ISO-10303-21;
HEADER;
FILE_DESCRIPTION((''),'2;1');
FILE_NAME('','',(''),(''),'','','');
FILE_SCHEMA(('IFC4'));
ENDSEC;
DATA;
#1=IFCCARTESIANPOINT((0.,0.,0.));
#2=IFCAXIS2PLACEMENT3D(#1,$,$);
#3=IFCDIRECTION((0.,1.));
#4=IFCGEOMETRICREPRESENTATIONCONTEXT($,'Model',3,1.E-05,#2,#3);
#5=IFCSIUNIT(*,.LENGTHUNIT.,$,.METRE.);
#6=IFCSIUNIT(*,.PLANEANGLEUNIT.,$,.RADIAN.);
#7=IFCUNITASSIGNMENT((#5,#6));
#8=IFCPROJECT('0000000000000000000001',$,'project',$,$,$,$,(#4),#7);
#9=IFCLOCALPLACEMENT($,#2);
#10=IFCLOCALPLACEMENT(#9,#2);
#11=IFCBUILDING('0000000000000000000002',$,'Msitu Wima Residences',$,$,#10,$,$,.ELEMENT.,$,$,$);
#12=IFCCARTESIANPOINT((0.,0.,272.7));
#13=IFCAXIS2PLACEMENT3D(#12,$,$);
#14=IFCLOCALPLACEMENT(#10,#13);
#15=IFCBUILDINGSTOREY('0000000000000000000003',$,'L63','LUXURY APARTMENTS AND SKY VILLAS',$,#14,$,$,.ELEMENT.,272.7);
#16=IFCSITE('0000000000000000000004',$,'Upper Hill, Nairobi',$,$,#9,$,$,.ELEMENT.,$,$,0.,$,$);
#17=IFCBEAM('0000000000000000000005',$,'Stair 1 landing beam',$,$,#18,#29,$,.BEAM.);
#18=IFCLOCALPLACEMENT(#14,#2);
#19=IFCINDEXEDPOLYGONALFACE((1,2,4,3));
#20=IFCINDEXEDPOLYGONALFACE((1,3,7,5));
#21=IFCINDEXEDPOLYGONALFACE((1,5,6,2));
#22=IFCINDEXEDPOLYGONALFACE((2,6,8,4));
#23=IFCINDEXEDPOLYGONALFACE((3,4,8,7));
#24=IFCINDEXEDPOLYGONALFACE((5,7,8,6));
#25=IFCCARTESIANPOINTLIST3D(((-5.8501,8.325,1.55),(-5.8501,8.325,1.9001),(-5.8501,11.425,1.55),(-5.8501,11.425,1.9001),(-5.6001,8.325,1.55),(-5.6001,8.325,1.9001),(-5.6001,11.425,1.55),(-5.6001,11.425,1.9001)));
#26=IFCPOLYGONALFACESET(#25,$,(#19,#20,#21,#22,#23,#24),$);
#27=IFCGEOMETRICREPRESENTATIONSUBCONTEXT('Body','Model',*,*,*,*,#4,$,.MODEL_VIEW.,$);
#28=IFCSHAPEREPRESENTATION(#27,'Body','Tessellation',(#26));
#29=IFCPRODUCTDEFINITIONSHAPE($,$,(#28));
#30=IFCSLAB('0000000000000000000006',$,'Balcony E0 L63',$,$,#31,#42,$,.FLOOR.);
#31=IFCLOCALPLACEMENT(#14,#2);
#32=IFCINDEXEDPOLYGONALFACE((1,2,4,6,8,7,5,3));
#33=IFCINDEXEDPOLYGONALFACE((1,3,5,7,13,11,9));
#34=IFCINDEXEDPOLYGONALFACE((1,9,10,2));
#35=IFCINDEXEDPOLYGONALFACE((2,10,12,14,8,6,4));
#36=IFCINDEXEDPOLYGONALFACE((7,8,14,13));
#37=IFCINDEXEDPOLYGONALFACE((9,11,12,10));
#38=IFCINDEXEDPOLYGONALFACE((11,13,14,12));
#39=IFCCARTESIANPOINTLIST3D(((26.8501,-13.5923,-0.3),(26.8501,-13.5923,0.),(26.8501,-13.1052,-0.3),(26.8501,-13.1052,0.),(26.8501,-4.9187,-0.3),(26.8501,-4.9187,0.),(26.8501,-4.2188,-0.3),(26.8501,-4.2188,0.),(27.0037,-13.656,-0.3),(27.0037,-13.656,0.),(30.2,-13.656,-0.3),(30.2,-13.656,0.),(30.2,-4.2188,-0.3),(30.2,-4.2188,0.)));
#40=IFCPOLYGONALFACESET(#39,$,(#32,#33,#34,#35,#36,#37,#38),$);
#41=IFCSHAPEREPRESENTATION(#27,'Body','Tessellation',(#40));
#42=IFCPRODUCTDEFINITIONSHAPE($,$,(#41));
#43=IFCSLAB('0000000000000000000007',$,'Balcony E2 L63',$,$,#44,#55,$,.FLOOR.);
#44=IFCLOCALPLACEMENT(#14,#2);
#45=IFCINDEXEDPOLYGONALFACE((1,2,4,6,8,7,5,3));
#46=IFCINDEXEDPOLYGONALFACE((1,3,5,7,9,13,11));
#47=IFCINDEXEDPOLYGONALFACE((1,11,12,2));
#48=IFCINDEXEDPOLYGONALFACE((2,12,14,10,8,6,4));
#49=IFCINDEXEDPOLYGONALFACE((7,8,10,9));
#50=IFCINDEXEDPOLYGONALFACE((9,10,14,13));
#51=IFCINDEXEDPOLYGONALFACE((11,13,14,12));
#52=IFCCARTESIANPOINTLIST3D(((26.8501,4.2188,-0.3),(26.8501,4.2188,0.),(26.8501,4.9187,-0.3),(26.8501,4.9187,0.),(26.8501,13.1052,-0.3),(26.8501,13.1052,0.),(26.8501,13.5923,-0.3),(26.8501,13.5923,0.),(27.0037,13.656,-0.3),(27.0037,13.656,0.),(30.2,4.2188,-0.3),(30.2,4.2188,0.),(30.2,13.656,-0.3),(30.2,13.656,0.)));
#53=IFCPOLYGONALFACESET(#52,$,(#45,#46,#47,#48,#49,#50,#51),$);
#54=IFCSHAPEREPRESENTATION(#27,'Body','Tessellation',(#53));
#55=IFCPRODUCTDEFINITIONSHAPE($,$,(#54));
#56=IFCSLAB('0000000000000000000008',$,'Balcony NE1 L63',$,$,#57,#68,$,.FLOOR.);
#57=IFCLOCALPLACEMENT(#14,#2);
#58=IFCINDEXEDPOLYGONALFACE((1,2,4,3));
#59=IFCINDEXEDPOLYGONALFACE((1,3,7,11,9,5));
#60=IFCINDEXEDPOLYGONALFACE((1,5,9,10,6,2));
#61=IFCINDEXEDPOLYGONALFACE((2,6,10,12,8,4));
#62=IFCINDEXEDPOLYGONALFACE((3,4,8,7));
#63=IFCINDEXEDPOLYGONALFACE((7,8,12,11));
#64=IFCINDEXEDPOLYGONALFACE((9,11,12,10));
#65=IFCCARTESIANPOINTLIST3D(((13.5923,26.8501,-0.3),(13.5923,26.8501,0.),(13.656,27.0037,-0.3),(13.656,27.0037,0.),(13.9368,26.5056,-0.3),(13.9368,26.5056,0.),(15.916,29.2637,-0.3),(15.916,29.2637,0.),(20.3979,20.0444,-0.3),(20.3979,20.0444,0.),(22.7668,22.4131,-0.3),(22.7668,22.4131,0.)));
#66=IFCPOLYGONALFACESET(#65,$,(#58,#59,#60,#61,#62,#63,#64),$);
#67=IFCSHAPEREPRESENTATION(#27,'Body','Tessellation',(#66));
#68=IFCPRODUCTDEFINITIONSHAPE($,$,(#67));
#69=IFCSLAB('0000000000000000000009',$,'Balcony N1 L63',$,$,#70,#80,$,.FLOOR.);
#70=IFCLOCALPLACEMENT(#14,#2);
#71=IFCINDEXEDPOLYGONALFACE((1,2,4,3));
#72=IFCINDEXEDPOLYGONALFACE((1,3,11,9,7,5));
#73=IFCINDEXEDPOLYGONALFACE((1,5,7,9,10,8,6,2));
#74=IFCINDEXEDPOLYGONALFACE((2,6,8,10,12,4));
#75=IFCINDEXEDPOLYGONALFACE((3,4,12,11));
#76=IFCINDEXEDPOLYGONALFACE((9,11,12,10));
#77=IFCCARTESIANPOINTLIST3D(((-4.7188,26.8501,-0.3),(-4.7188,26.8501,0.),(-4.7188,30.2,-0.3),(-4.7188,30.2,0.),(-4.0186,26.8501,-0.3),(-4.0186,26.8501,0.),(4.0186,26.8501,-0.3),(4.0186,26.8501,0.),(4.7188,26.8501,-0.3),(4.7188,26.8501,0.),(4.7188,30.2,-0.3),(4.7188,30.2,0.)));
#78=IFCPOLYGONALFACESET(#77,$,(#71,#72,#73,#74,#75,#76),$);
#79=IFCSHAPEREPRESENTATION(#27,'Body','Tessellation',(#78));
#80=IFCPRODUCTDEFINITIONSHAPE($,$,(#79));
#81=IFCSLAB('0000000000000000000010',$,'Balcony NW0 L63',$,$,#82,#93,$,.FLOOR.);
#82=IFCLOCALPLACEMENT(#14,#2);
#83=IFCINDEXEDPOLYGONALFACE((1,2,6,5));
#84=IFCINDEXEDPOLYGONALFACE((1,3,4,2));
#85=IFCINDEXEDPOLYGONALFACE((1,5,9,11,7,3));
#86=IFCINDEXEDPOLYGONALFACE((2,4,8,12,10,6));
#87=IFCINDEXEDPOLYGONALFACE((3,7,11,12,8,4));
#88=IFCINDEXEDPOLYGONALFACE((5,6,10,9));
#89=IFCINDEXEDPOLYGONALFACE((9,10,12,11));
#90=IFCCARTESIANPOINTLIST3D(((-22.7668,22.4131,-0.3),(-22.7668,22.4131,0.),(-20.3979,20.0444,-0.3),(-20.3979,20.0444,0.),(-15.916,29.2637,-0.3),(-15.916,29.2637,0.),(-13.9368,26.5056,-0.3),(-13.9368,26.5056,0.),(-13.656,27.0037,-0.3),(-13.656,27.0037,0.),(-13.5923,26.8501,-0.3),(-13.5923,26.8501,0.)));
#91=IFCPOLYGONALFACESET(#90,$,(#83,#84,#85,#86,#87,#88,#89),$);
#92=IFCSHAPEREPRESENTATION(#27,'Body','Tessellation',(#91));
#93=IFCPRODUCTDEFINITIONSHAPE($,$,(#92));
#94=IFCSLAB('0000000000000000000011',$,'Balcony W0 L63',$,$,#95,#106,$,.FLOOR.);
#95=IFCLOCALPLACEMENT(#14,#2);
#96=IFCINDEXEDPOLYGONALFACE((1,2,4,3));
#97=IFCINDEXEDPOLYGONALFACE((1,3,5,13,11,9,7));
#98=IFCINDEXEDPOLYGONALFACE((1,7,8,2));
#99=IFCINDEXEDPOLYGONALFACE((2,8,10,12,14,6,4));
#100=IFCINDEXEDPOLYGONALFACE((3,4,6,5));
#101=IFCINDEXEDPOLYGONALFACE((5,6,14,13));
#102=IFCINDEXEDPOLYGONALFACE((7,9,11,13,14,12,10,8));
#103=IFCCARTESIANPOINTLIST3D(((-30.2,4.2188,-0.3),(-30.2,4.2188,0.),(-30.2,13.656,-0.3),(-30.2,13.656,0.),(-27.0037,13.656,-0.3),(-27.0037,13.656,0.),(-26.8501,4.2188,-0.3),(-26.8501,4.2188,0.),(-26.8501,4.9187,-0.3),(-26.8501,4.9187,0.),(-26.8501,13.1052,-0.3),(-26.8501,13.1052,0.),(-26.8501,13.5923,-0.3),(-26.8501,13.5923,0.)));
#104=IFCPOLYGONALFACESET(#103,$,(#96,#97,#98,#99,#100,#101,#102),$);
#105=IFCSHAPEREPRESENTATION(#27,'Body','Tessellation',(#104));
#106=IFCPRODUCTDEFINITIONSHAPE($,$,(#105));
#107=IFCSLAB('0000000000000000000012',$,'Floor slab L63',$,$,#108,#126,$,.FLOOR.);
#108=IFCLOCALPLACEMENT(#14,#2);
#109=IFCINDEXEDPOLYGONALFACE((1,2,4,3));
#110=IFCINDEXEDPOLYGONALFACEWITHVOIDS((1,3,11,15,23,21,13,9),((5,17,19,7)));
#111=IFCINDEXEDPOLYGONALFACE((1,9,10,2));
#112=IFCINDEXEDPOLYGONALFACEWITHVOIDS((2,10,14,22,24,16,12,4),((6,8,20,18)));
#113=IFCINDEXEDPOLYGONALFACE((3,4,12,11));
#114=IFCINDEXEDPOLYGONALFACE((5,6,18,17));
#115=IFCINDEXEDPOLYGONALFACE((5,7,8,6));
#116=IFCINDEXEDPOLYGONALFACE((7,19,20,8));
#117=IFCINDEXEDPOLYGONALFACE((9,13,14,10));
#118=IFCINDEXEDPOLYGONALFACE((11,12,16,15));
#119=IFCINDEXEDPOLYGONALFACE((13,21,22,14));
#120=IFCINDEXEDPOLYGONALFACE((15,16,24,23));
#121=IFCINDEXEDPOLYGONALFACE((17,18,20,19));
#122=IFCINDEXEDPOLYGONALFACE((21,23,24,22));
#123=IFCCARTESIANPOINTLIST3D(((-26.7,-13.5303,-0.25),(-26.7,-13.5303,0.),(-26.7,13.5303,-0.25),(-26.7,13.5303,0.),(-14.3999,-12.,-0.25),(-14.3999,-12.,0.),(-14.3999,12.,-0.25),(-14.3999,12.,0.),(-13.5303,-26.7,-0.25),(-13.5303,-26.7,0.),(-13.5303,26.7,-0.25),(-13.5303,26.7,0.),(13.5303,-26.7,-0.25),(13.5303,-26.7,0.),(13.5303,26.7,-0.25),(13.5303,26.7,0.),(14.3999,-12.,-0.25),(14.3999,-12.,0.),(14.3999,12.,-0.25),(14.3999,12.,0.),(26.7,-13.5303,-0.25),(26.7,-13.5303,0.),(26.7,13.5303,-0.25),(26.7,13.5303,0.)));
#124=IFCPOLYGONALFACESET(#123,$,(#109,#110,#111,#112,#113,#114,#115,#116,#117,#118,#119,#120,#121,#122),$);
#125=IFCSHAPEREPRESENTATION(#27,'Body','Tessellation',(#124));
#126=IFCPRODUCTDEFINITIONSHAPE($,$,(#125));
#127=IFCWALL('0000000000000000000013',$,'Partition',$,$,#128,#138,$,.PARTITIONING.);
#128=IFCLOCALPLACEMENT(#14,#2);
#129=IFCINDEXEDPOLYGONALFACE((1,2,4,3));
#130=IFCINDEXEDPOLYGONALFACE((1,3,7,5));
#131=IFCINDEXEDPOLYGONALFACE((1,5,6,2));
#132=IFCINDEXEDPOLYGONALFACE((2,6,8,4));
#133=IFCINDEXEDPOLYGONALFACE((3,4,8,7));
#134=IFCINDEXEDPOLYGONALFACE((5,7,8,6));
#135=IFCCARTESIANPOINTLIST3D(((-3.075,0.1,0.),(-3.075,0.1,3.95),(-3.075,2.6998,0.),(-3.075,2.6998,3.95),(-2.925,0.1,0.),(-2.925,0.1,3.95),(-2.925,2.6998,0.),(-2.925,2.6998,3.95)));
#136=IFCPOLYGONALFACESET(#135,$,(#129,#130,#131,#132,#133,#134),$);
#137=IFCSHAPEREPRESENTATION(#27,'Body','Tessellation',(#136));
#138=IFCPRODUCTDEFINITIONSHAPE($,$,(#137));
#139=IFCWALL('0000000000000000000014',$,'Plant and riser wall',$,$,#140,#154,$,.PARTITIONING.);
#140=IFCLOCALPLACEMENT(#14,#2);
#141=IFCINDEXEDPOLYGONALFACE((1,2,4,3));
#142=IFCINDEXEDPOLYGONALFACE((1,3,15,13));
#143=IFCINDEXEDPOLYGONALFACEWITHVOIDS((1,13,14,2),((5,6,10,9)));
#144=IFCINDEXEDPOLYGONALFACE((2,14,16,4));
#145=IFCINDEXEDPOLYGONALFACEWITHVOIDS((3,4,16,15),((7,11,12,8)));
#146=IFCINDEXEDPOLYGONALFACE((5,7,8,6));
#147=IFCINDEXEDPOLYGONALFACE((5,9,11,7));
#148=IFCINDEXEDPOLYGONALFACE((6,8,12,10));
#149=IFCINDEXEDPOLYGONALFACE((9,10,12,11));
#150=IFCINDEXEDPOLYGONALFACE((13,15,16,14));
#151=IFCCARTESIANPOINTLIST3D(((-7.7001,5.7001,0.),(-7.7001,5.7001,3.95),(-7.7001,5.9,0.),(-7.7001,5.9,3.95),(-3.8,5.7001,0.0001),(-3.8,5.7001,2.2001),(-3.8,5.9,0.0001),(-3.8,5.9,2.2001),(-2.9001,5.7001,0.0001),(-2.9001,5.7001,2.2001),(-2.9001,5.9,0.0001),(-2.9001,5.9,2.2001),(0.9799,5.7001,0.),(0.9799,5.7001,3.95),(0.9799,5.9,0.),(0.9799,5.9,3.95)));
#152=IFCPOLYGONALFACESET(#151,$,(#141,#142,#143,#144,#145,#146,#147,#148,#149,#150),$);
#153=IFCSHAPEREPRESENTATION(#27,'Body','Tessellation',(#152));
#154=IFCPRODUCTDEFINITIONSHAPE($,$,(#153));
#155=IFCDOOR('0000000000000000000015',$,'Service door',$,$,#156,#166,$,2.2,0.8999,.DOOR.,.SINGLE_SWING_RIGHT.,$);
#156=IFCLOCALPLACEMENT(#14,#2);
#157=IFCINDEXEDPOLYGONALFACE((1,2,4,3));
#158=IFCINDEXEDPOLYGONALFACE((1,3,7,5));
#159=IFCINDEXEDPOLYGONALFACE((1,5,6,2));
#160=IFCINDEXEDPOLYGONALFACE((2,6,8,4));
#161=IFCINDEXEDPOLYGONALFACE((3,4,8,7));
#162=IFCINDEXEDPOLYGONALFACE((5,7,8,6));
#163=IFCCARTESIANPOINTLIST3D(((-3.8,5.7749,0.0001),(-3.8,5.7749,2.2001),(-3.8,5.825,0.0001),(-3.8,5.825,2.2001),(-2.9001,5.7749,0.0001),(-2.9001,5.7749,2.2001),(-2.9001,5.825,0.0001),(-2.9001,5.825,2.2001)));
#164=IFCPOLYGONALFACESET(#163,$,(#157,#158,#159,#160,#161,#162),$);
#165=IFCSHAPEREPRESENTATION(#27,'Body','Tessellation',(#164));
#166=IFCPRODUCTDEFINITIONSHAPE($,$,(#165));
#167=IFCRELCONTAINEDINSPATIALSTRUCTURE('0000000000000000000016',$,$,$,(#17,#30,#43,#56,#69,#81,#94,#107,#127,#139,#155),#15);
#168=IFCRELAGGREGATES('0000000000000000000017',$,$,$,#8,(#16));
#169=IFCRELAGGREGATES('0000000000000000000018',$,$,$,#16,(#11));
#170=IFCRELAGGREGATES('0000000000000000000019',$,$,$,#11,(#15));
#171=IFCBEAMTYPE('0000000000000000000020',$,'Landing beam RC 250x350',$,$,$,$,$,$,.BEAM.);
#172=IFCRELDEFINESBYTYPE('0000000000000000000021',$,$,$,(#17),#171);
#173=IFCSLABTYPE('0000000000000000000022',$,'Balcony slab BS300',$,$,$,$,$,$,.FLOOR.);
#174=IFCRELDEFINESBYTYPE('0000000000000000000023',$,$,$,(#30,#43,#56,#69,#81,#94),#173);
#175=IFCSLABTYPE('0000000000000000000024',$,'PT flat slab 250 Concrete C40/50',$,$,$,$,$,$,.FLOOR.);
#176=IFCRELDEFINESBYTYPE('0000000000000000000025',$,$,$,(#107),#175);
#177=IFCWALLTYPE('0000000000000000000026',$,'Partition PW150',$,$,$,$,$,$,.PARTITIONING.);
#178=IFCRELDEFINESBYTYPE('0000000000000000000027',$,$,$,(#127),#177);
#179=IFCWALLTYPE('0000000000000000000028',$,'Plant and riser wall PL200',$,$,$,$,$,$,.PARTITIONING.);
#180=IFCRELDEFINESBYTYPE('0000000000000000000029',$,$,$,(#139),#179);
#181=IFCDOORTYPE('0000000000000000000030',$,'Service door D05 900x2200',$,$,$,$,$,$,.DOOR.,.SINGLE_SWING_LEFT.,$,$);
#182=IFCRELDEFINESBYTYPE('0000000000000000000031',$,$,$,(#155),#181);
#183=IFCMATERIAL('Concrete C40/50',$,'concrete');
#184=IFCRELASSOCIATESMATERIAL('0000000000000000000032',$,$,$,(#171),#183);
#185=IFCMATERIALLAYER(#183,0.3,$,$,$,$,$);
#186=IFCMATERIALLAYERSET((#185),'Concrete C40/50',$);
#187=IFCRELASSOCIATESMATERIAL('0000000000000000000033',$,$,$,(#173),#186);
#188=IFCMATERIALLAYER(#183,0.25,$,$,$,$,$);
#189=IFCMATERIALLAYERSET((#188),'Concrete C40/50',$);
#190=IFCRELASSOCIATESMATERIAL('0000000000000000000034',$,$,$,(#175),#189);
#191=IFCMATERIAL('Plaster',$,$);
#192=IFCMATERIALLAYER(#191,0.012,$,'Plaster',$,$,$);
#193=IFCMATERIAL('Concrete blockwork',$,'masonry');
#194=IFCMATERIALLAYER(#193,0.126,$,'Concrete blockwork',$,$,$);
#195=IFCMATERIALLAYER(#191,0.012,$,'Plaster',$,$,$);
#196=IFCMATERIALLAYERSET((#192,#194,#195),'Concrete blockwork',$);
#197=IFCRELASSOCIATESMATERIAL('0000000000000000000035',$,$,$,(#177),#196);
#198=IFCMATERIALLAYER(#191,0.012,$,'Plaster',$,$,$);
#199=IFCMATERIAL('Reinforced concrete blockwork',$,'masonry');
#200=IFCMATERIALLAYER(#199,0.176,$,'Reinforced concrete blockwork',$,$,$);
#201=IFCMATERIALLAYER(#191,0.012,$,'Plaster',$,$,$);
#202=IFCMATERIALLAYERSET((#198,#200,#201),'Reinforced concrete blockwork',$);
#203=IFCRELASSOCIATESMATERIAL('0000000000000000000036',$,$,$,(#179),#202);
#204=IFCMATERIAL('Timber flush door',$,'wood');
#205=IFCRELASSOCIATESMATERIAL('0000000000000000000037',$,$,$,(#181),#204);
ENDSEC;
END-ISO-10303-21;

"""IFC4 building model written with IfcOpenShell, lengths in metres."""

from ifc_helpers import new_model, si_unit, direction, frame, frame_2d, origin, origin_2d, place, context, subcontext, project, spatial, polyline, rectangle, outline, extrude, material, layer, layer_set, material_profile, profile_set, type_object, element, fill, save


model = new_model("IFC4")

# Units and contexts
model_context = context("Model", 3, precision=1e-05, world=origin(), true_north=direction((0.0, 1.0)))
body_context = subcontext(model_context, "Body", "Model", "MODEL_VIEW")
ifc_project = project(units=[si_unit("LENGTHUNIT", "METRE"), si_unit("PLANEANGLEUNIT", "RADIAN")], contexts=[model_context])

# Site, building, storey
site_placement = place(None, origin())
site = spatial("IfcSite", under=ifc_project, at=site_placement, Name="Upper Hill, Nairobi", CompositionType="ELEMENT", RefElevation=0.0)
building_placement = place(site_placement, origin())
building = spatial("IfcBuilding", under=site, at=building_placement, Name="Msitu Wima Residences", CompositionType="ELEMENT")
storey_placement = place(building_placement, frame((0.0, 0.0, 272.7)))
storey = spatial("IfcBuildingStorey", under=building, at=storey_placement, Name="L63", Description="LUXURY APARTMENTS AND SKY VILLAS", CompositionType="ELEMENT", Elevation=272.7)

# Beam
ifc_material_1 = material(Name="Concrete C40/50", Category="concrete")
ifc_material_profile = material_profile(ifc_material_1, rectangle(XDim=0.25, YDim=0.3501, at=origin_2d()), Name="RC 250x350")
ifc_profile_set = profile_set([ifc_material_profile], Name="Concrete C40/50")
beam_type = type_object("IfcBeamType", Name="Landing beam RC 250x350", PredefinedType="BEAM", material=ifc_profile_set)
beam_placement = place(storey_placement, frame((-5.7251, 8.325, 1.7251), z_axis=(0.0, 1.0, 0.0), x_axis=(-1.0, 0.0, 0.0)))
element("IfcBeam", 1, at=beam_placement, inside=storey, type_object=beam_type, Name="Stair 1 landing beam", PredefinedType="BEAM", context=body_context, shape_type="SweptSolid", body=[
    extrude(rectangle(XDim=0.25, YDim=0.3501, at=origin_2d()), origin(), (0.0, 0.0, 1.0), 3.1001),
])

# Slabs
ifc_layer_1 = layer(ifc_material_1, 0.3)
ifc_layer_set_1 = layer_set([ifc_layer_1], Name="Concrete C40/50")
slab_type_1 = type_object("IfcSlabType", Name="Balcony slab BS300", PredefinedType="FLOOR", material=ifc_layer_set_1)
slab_1_placement = place(storey_placement, frame((0.0, 0.0, -0.3)))
element("IfcSlab", 2, at=slab_1_placement, inside=storey, type_object=slab_type_1, Name="Balcony E0 L63", PredefinedType="FLOOR", context=body_context, shape_type="SweptSolid", body=[
    extrude(outline(polyline([(26.8501, -13.1052), (26.8501, -13.1052), (26.8501, -4.9187), (26.8501, -4.2188), (30.2, -4.2188), (30.2, -13.656), (27.0037, -13.656), (26.8501, -13.5923), (26.8501, -13.1052), (26.8501, -13.1052)])), origin(), (0.0, 0.0, 1.0), 0.3),
])
slab_2_placement = place(storey_placement, frame((0.0, 0.0, -0.3)))
element("IfcSlab", 3, at=slab_2_placement, inside=storey, type_object=slab_type_1, Name="Balcony E2 L63", PredefinedType="FLOOR", context=body_context, shape_type="SweptSolid", body=[
    extrude(outline(polyline([(26.8501, 13.1052), (26.8501, 13.1052), (26.8501, 13.1052), (26.8501, 13.5923), (27.0037, 13.656), (30.2, 13.656), (30.2, 4.2188), (26.8501, 4.2188), (26.8501, 4.9187), (26.8501, 13.1052)])), origin(), (0.0, 0.0, 1.0), 0.3),
])
slab_3_placement = place(storey_placement, frame((0.0, 0.0, -0.3)))
element("IfcSlab", 4, at=slab_3_placement, inside=storey, type_object=slab_type_1, Name="Balcony NE1 L63", PredefinedType="FLOOR", context=body_context, shape_type="SweptSolid", body=[
    extrude(outline(polyline([(13.9368, 26.5056), (13.9368, 26.5056), (13.5923, 26.8501), (13.656, 27.0037), (15.916, 29.2637), (22.7668, 22.4131), (20.3979, 20.0444), (13.9368, 26.5056), (13.9368, 26.5056)])), origin(), (0.0, 0.0, 1.0), 0.3),
])
slab_4_placement = place(storey_placement, frame((0.0, 0.0, -0.3)))
element("IfcSlab", 5, at=slab_4_placement, inside=storey, type_object=slab_type_1, Name="Balcony N1 L63", PredefinedType="FLOOR", context=body_context, shape_type="SweptSolid", body=[
    extrude(outline(polyline([(4.0186, 26.8501), (-4.0186, 26.8501), (-4.7188, 26.8501), (-4.7188, 30.2), (4.7188, 30.2), (4.7188, 26.8501), (4.0186, 26.8501)])), origin(), (0.0, 0.0, 1.0), 0.3),
])
slab_5_placement = place(storey_placement, frame((0.0, 0.0, -0.3)))
element("IfcSlab", 6, at=slab_5_placement, inside=storey, type_object=slab_type_1, Name="Balcony NW0 L63", PredefinedType="FLOOR", context=body_context, shape_type="SweptSolid", body=[
    extrude(outline(polyline([(-13.9368, 26.5056), (-13.9368, 26.5056), (-20.3979, 20.0444), (-22.7668, 22.4131), (-15.916, 29.2637), (-13.656, 27.0037), (-13.5923, 26.8501), (-13.9368, 26.5056), (-13.9368, 26.5056)])), origin(), (0.0, 0.0, 1.0), 0.3),
])
slab_6_placement = place(storey_placement, frame((0.0, 0.0, -0.3)))
element("IfcSlab", 7, at=slab_6_placement, inside=storey, type_object=slab_type_1, Name="Balcony W0 L63", PredefinedType="FLOOR", context=body_context, shape_type="SweptSolid", body=[
    extrude(outline(polyline([(-26.8501, 13.1052), (-26.8501, 13.1052), (-26.8501, 4.9187), (-26.8501, 4.2188), (-30.2, 4.2188), (-30.2, 13.656), (-27.0037, 13.656), (-26.8501, 13.5923), (-26.8501, 13.1052), (-26.8501, 13.1052)])), origin(), (0.0, 0.0, 1.0), 0.3),
])
ifc_layer_2 = layer(ifc_material_1, 0.25)
ifc_layer_set_2 = layer_set([ifc_layer_2], Name="Concrete C40/50")
slab_type_2 = type_object("IfcSlabType", Name="PT flat slab 250 Concrete C40/50", PredefinedType="FLOOR", material=ifc_layer_set_2)
slab_7_placement = place(storey_placement, frame((0.0, 0.0, -0.25)))
element("IfcSlab", 8, at=slab_7_placement, inside=storey, type_object=slab_type_2, Name="Floor slab L63", PredefinedType="FLOOR", context=body_context, shape_type="SweptSolid", body=[
    extrude(outline(polyline([(26.7, -13.5303), (13.5303, -26.7), (-13.5303, -26.7), (-26.7, -13.5303), (-26.7, 13.5303), (-13.5303, 26.7), (13.5303, 26.7), (26.7, 13.5303), (26.7, -13.5303)]), holes=[polyline([(-14.3999, -12.0), (14.3999, -12.0), (14.3999, 12.0), (-14.3999, 12.0), (-14.3999, -12.0)])]), origin(), (0.0, 0.0, 1.0), 0.25),
])

# Wall
ifc_material_2 = material(Name="Plaster")
ifc_layer_3 = layer(ifc_material_2, 0.012, Name="Plaster")
ifc_material_3 = material(Name="Concrete blockwork", Category="masonry")
ifc_layer_4 = layer(ifc_material_3, 0.126, Name="Concrete blockwork")
ifc_layer_5 = layer(ifc_material_2, 0.012, Name="Plaster")
ifc_layer_set_3 = layer_set([ifc_layer_3, ifc_layer_4, ifc_layer_5], Name="Concrete blockwork")
wall_type_1 = type_object("IfcWallType", Name="Partition PW150", PredefinedType="PARTITIONING", material=ifc_layer_set_3)
wall_1_placement = place(storey_placement, frame((-3.0, 0.1001, 0.0), z_axis=(0.0, 0.0, 1.0), x_axis=(0.0, 1.0, 0.0)))
element("IfcWall", 9, at=wall_1_placement, inside=storey, type_object=wall_type_1, Name="Partition", PredefinedType="PARTITIONING", context=body_context, shape_type="SweptSolid", body=[
    extrude(rectangle(XDim=2.5999, YDim=0.1499, at=frame_2d((1.2998, 0.0))), origin(), (0.0, 0.0, 1.0), 3.95),
])

# Wall, opening, door
ifc_layer_6 = layer(ifc_material_2, 0.012, Name="Plaster")
ifc_material_4 = material(Name="Reinforced concrete blockwork", Category="masonry")
ifc_layer_7 = layer(ifc_material_4, 0.176, Name="Reinforced concrete blockwork")
ifc_layer_8 = layer(ifc_material_2, 0.012, Name="Plaster")
ifc_layer_set_4 = layer_set([ifc_layer_6, ifc_layer_7, ifc_layer_8], Name="Reinforced concrete blockwork")
wall_type_2 = type_object("IfcWallType", Name="Plant and riser wall PL200", PredefinedType="PARTITIONING", material=ifc_layer_set_4)
wall_2_placement = place(storey_placement, frame((-7.7, 5.8, 0.0), z_axis=(0.0, 0.0, 1.0), x_axis=(1.0, 0.0, 0.0)))
wall_2 = element("IfcWall", 10, at=wall_2_placement, inside=storey, type_object=wall_type_2, Name="Plant and riser wall", PredefinedType="PARTITIONING", context=body_context, shape_type="SweptSolid", body=[
    extrude(rectangle(XDim=8.6799, YDim=0.2, at=frame_2d((4.3398, 0.0))), origin(), (0.0, 0.0, 1.0), 3.95),
])
opening_placement = place(wall_2_placement, frame((3.8999, 0.0, 0.0)))
opening = element("IfcOpeningElement", 11, at=opening_placement, cuts=wall_2, PredefinedType="OPENING", context=body_context, shape_type="SweptSolid", body=[
    extrude(rectangle(XDim=0.8999, YDim=2.2, at=frame_2d((0.45, 1.1001))), frame((0.0, 0.1099, 0.0), z_axis=(0.0, -1.0, 0.0), x_axis=(1.0, 0.0, 0.0)), (0.0, 0.0, 1.0), 0.22),
])
ifc_material_5 = material(Name="Timber flush door", Category="wood")
door_type = type_object("IfcDoorType", Name="Service door D05 900x2200", OperationType="SINGLE_SWING_LEFT", PredefinedType="DOOR", material=ifc_material_5)
door_placement = place(opening_placement, origin())
door = element("IfcDoor", 12, at=door_placement, inside=storey, type_object=door_type, Name="Service door", OperationType="SINGLE_SWING_RIGHT", OverallHeight=2.2, OverallWidth=0.8999, PredefinedType="DOOR", context=body_context, shape_type="SweptSolid", body=[
    extrude(rectangle(XDim=0.8999, YDim=2.2, at=frame_2d((0.45, 1.1001))), frame((0.0, 0.0249, 0.0), z_axis=(0.0, -1.0, 0.0), x_axis=(1.0, 0.0, 0.0)), (0.0, 0.0, 1.0), 0.05),
])
fill(opening, door)

save(model, "model.ifc")
